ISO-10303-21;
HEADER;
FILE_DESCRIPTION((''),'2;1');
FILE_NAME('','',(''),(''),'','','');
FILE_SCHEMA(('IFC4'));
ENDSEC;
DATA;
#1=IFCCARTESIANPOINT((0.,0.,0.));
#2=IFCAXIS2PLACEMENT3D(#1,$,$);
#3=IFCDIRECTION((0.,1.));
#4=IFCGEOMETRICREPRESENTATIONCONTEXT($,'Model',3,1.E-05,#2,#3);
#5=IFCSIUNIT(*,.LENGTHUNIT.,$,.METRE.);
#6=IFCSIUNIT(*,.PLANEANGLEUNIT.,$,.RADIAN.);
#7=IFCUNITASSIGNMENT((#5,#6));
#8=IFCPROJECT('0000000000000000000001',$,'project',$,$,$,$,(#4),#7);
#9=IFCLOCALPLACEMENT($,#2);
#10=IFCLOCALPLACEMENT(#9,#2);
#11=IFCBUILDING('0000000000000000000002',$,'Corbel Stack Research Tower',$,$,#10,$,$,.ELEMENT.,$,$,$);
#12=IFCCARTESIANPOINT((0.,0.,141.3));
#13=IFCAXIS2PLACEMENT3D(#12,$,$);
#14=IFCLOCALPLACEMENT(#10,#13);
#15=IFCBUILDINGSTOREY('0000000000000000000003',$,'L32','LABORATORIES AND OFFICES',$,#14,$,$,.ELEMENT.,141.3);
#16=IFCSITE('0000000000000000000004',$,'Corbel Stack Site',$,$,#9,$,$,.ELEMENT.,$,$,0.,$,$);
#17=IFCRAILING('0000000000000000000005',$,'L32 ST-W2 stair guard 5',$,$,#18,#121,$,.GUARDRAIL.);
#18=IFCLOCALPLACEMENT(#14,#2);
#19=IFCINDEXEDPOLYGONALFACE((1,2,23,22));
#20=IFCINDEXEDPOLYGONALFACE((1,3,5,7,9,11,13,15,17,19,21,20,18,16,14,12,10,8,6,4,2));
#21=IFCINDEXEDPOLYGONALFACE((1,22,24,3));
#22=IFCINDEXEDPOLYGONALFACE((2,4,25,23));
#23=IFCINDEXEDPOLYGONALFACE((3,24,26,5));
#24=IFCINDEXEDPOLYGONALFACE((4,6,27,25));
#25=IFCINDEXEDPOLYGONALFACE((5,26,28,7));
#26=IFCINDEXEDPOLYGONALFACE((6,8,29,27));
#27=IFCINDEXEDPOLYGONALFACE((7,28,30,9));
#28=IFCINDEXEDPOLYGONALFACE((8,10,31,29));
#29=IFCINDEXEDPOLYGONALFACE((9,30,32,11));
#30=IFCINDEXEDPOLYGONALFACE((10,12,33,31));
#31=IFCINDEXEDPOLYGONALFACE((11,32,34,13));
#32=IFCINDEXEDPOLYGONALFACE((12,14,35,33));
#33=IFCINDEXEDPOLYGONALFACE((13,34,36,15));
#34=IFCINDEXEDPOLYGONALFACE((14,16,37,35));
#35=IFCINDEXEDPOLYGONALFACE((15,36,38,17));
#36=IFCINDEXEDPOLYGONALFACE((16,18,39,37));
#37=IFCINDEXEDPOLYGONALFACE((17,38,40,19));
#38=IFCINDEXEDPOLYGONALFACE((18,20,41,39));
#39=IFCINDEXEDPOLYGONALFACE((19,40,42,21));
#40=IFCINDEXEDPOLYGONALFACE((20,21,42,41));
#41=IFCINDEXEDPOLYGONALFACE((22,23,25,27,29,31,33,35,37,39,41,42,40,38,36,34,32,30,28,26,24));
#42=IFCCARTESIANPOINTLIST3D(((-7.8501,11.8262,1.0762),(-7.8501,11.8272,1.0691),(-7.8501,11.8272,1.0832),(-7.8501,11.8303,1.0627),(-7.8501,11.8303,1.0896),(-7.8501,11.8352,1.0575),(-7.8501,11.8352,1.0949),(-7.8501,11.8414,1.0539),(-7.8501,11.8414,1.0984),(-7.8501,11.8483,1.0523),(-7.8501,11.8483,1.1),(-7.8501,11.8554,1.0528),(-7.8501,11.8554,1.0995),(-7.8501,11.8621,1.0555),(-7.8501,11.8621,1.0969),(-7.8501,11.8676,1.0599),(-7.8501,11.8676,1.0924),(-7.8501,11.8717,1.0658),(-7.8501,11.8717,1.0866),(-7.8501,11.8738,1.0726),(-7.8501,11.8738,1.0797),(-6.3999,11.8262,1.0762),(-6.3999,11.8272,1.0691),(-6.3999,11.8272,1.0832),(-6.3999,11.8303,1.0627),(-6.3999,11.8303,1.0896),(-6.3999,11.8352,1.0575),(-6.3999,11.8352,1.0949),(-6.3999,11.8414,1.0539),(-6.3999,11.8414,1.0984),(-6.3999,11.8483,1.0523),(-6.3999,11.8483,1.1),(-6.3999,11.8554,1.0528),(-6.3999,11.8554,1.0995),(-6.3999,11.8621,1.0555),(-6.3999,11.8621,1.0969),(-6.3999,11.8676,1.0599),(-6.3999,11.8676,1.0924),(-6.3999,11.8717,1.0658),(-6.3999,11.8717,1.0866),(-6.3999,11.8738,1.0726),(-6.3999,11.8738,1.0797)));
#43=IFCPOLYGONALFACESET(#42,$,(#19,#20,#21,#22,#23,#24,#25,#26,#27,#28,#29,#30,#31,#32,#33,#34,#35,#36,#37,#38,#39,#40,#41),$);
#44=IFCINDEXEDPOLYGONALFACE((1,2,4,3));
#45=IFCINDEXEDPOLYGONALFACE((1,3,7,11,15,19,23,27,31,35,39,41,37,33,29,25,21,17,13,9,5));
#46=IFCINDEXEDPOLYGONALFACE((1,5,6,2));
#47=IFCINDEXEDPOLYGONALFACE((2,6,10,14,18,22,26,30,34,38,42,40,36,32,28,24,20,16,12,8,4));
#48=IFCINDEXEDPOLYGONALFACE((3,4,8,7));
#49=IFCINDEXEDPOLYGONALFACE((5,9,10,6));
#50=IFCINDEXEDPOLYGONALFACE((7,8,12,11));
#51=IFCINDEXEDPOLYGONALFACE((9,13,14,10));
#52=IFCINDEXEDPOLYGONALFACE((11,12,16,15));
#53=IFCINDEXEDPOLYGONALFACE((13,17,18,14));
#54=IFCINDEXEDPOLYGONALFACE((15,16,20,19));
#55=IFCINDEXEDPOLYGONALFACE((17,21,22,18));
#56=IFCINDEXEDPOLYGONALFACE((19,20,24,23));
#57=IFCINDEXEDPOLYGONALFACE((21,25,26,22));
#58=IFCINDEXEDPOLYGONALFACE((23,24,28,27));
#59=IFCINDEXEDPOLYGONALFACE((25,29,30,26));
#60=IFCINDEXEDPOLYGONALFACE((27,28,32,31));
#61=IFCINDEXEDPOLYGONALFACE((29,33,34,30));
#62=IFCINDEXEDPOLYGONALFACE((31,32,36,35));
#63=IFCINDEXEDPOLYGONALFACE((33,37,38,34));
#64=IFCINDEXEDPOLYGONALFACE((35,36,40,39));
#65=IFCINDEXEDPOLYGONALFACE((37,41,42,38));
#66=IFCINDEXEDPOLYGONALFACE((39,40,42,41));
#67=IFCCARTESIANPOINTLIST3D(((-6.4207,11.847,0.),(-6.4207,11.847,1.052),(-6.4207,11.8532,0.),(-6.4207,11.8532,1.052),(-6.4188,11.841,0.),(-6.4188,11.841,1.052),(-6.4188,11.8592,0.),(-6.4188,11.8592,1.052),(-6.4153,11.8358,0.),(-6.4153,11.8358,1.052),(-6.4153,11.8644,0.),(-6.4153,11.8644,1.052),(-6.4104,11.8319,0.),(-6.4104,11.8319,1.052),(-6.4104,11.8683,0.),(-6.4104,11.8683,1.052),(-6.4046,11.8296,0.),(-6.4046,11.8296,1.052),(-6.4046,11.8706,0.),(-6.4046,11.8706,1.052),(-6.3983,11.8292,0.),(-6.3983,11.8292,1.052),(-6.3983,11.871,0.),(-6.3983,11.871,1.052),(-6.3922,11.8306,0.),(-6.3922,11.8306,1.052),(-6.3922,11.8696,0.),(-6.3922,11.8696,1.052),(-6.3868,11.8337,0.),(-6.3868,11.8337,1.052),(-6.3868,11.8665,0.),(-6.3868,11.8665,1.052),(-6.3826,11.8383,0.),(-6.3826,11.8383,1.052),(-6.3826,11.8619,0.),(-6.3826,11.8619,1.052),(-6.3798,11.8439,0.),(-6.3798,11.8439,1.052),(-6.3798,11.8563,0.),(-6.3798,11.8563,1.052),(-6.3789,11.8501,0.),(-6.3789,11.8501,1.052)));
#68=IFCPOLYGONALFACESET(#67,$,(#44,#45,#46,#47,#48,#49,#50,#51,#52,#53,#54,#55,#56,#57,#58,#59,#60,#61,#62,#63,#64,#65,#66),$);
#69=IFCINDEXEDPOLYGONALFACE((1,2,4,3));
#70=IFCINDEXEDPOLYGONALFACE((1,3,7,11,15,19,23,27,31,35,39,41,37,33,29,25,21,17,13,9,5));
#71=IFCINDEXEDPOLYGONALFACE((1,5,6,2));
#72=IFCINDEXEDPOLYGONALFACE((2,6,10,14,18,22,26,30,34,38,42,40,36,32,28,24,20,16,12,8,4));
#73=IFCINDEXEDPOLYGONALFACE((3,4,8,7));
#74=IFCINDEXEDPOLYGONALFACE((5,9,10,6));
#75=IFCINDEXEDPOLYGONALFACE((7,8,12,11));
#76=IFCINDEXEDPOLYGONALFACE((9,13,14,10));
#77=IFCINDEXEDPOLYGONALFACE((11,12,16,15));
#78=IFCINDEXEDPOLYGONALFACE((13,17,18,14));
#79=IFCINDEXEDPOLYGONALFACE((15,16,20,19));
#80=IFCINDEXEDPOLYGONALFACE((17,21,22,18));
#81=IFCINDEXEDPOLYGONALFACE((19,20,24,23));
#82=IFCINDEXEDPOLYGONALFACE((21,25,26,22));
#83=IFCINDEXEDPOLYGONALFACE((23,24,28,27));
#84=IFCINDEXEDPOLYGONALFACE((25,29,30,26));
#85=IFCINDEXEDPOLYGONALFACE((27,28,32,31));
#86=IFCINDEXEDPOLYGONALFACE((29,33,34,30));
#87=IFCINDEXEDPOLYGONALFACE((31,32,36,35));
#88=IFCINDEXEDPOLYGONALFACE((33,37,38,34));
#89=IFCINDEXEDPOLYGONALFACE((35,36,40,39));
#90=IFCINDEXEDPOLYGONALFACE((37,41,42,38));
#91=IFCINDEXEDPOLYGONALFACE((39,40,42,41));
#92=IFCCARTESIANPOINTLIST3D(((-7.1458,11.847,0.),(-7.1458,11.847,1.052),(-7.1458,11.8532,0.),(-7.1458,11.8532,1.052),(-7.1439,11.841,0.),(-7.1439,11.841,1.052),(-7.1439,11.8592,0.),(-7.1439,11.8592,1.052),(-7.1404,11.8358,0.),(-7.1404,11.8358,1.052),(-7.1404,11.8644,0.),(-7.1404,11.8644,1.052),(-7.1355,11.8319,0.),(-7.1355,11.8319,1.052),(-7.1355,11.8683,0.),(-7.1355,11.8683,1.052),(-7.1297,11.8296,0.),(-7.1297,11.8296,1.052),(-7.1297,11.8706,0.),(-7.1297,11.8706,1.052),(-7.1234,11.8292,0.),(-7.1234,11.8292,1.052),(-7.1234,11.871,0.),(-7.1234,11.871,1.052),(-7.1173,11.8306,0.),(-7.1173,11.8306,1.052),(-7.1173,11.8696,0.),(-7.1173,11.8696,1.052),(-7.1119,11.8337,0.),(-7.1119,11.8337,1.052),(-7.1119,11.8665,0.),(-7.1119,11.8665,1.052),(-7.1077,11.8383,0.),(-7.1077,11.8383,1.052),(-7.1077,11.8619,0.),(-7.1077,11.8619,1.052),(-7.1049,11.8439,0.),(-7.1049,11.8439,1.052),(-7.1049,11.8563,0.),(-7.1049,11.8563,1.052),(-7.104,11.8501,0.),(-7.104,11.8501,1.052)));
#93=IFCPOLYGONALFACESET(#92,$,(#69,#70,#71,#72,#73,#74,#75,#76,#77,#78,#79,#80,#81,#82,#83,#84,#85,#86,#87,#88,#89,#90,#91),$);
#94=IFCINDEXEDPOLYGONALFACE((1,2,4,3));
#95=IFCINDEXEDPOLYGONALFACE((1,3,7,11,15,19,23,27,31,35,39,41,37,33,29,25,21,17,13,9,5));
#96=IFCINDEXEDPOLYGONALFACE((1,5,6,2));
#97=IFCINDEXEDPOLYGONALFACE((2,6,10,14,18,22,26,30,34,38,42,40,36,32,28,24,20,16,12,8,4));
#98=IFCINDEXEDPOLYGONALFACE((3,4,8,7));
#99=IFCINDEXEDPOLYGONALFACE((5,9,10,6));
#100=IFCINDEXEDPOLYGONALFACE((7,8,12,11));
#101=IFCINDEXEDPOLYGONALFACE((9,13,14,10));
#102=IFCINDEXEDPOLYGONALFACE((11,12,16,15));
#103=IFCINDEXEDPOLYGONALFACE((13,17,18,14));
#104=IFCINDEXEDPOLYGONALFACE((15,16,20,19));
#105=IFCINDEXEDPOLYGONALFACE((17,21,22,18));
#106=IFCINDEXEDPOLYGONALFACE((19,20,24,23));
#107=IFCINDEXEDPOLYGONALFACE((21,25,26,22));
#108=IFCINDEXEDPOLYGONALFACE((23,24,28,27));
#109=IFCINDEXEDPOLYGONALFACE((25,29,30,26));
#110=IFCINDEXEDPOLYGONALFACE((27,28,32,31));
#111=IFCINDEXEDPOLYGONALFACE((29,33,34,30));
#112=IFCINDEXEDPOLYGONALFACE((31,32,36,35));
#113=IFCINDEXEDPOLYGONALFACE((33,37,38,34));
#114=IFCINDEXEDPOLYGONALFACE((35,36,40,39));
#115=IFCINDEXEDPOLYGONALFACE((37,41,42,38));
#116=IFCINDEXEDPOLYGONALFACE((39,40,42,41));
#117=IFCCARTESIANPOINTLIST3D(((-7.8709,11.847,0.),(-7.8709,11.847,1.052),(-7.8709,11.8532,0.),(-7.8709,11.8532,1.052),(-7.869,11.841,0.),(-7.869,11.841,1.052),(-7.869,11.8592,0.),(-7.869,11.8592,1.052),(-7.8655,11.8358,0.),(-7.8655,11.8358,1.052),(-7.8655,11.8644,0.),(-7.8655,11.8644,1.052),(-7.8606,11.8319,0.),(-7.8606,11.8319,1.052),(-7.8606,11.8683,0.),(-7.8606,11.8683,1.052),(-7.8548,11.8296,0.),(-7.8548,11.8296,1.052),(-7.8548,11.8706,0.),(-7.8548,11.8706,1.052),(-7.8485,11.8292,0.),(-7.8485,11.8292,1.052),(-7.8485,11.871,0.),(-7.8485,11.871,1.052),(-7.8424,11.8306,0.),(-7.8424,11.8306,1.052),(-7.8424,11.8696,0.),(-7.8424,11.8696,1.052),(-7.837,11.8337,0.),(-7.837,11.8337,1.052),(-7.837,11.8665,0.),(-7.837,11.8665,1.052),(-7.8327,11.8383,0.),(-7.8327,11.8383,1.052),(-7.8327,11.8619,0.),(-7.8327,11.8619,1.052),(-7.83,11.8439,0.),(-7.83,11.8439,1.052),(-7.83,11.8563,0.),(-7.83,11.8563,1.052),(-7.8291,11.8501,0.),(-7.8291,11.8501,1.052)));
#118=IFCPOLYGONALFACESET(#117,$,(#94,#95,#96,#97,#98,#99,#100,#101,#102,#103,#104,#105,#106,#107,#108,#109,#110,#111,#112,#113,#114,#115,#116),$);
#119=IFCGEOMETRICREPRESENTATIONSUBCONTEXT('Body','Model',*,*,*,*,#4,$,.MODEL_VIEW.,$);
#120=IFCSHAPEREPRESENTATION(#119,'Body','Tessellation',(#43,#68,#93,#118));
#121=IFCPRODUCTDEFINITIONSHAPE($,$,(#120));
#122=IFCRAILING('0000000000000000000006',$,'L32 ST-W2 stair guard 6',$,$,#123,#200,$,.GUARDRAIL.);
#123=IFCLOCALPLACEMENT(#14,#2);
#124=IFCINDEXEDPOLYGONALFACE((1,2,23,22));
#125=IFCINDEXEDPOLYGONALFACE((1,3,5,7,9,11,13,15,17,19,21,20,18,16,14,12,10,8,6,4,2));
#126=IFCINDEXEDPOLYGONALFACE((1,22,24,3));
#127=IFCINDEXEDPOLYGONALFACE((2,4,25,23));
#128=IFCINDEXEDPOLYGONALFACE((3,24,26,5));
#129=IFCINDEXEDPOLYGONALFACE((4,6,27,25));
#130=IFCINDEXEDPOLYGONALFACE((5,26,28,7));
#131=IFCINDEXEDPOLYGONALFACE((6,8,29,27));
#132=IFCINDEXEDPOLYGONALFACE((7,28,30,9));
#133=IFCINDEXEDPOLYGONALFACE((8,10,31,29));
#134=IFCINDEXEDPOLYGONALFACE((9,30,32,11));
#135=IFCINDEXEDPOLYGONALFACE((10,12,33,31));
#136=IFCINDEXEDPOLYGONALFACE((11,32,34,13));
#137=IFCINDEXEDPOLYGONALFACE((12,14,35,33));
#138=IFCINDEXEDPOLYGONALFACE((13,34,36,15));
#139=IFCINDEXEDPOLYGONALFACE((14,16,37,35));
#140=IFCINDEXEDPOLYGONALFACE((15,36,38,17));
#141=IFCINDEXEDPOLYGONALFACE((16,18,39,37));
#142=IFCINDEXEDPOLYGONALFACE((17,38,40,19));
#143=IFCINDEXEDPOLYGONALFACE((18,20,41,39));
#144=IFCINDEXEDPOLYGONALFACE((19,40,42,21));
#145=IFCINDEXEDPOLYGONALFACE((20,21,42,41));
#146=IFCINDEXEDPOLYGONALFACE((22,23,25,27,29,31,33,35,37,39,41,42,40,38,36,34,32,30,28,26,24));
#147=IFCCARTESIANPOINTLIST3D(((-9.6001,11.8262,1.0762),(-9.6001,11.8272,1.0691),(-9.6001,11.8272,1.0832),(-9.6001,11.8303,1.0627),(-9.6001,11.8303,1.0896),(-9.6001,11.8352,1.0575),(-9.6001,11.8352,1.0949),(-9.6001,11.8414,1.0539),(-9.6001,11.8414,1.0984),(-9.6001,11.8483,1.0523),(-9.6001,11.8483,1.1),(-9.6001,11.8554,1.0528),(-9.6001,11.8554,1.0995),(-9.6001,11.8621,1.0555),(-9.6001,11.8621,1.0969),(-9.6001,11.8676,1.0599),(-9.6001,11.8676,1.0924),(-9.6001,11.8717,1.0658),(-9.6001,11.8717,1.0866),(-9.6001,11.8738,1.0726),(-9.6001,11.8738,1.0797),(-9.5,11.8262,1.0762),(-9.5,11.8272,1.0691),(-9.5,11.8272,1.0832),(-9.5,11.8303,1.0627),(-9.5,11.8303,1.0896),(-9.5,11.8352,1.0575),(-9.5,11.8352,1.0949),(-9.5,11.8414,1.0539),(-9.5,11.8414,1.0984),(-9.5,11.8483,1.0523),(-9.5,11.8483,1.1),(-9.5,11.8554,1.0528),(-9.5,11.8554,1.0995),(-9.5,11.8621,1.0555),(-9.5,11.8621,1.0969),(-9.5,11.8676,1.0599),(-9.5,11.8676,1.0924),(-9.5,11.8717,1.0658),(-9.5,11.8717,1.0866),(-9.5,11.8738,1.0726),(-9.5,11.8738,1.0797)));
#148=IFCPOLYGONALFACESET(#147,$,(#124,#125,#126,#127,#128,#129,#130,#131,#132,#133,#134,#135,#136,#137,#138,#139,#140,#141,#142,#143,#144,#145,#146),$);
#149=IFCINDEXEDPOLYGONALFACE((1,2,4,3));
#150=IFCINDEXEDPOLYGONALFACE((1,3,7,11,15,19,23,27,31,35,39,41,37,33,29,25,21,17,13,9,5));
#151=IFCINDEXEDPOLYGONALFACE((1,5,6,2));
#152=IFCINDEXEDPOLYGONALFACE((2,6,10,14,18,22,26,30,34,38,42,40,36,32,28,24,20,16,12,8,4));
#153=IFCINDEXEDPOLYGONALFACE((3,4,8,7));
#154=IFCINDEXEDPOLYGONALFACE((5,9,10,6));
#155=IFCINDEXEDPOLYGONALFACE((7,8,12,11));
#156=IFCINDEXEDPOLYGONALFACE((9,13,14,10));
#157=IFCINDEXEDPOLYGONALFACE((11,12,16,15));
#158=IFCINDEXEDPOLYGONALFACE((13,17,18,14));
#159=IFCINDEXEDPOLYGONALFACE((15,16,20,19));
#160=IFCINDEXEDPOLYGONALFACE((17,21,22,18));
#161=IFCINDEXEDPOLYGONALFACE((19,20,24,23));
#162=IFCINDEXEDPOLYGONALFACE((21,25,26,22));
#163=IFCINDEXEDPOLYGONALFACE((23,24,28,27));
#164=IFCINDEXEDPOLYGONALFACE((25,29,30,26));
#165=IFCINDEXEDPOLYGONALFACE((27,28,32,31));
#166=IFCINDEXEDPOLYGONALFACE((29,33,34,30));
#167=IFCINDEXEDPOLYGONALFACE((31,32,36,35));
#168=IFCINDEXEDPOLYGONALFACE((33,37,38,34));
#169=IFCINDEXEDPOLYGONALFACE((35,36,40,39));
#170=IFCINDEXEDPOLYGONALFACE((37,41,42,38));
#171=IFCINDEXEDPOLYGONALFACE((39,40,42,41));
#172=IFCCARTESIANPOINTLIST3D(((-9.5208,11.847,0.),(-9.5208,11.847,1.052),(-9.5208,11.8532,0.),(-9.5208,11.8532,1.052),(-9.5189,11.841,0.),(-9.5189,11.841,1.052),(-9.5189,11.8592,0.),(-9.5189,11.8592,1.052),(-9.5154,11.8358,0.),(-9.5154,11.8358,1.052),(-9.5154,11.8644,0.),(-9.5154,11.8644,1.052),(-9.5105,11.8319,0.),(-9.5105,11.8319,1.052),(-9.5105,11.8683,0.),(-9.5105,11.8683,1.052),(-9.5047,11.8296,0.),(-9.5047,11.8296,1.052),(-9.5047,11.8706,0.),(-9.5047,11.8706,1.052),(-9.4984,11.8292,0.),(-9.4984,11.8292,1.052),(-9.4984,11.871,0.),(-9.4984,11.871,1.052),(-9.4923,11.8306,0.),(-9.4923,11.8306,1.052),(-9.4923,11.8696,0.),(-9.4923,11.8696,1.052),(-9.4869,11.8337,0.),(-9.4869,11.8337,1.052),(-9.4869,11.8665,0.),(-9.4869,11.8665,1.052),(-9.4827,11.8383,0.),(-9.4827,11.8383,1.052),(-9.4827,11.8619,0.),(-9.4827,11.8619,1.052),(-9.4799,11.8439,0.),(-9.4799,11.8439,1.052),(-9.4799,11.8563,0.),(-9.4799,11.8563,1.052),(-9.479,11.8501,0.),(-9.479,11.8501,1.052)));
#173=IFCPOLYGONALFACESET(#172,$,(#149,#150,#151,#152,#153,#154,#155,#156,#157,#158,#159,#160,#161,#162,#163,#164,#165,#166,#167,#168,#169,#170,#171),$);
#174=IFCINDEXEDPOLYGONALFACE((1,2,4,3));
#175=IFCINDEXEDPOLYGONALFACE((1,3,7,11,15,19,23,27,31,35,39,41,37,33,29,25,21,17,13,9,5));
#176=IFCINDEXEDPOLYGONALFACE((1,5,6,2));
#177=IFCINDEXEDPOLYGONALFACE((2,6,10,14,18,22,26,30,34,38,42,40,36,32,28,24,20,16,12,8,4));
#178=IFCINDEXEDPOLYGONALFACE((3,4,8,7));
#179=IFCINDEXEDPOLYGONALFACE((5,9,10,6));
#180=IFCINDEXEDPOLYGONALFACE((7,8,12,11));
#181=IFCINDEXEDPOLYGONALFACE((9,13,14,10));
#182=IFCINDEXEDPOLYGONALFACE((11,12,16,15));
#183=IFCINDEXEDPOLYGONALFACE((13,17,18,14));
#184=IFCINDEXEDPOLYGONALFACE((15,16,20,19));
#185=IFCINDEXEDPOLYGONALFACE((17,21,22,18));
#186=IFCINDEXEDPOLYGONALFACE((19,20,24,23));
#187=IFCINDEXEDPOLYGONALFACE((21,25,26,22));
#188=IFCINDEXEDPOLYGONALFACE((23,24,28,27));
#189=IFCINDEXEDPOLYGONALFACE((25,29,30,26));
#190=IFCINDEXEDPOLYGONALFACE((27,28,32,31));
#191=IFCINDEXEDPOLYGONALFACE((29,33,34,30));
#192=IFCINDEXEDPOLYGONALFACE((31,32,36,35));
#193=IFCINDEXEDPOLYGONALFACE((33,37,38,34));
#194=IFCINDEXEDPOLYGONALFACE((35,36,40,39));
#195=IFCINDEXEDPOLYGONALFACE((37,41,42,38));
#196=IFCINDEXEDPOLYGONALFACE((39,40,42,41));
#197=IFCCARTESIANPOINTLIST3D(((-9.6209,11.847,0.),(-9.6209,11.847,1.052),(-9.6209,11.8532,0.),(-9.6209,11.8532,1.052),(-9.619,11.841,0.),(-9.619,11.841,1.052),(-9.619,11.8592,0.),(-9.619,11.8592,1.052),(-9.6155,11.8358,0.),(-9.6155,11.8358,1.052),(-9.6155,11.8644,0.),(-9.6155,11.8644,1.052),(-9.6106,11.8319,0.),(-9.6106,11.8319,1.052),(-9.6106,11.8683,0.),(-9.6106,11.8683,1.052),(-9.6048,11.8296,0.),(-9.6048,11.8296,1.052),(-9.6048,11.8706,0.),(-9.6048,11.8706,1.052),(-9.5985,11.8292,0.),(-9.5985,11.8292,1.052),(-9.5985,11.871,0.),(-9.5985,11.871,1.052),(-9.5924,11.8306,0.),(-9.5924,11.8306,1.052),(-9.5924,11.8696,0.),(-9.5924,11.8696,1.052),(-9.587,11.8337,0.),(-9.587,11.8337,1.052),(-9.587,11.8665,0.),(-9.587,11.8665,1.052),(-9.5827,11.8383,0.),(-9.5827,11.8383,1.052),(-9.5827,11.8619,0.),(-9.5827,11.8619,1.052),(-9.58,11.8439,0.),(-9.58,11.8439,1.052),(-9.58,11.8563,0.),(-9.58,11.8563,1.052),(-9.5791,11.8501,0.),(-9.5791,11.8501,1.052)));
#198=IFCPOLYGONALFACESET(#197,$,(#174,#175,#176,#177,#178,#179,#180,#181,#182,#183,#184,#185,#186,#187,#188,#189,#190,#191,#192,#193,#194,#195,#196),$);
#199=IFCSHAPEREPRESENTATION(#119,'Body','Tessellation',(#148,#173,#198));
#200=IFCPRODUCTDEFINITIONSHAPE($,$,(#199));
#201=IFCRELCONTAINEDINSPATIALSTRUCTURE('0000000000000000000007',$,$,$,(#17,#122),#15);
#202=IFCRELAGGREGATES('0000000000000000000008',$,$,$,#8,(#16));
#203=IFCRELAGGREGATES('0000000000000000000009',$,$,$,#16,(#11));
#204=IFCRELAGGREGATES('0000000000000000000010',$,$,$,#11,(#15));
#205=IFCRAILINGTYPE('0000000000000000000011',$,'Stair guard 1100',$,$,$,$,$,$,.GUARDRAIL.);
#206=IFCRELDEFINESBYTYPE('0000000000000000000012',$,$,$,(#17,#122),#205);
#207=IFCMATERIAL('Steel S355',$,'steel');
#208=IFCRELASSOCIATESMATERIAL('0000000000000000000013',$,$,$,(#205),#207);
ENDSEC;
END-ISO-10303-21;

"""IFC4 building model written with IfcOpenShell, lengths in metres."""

from ifc_helpers import new_model, si_unit, direction, frame, origin, origin_2d, place, context, subcontext, project, spatial, circle, extrude, material, type_object, element, save


model = new_model("IFC4")

# Units and contexts
model_context = context("Model", 3, precision=1e-05, world=origin(), true_north=direction((0.0, 1.0)))
body_context = subcontext(model_context, "Body", "Model", "MODEL_VIEW")
ifc_project = project(units=[si_unit("LENGTHUNIT", "METRE"), si_unit("PLANEANGLEUNIT", "RADIAN")], contexts=[model_context])

# Site, building, storey
site_placement = place(None, origin())
site = spatial("IfcSite", under=ifc_project, at=site_placement, Name="Corbel Stack Site", CompositionType="ELEMENT", RefElevation=0.0)
building_placement = place(site_placement, origin())
building = spatial("IfcBuilding", under=site, at=building_placement, Name="Corbel Stack Research Tower", CompositionType="ELEMENT")
storey_placement = place(building_placement, frame((0.0, 0.0, 141.3)))
storey = spatial("IfcBuildingStorey", under=building, at=storey_placement, Name="L32", Description="LABORATORIES AND OFFICES", CompositionType="ELEMENT", Elevation=141.3)

# Railings
ifc_material_1 = material(Name="Steel S355", Category="steel")
railing_type_1 = type_object("IfcRailingType", Name="Stair guard 1100", PredefinedType="GUARDRAIL", material=ifc_material_1)
railing_1_placement = place(storey_placement, frame((-6.3999, 11.8501, 0.0)))
element("IfcRailing", 1, at=railing_1_placement, inside=storey, type_object=railing_type_1, Name="L32 ST-W2 stair guard 5", PredefinedType="GUARDRAIL", context=body_context, shape_type="SweptSolid", body=[
    extrude(circle(Radius=0.0239, at=origin_2d()), frame((0.0, 0.0, 1.0762), z_axis=(-1.0, 0.0, 0.0), x_axis=(0.0, -1.0, 0.0)), (0.0, 0.0, 1.0), 1.4502),
    extrude(circle(Radius=0.021, at=origin_2d()), origin(), (0.0, 0.0, 1.0), 1.052),
    extrude(circle(Radius=0.021, at=origin_2d()), frame((-0.7251, 0.0, 0.0)), (0.0, 0.0, 1.0), 1.052),
    extrude(circle(Radius=0.021, at=origin_2d()), frame((-1.4502, 0.0, 0.0)), (0.0, 0.0, 1.0), 1.052),
])
railing_2_placement = place(storey_placement, frame((-9.5, 11.8501, 0.0)))
element("IfcRailing", 2, at=railing_2_placement, inside=storey, type_object=railing_type_1, Name="L32 ST-W2 stair guard 6", PredefinedType="GUARDRAIL", context=body_context, shape_type="SweptSolid", body=[
    extrude(circle(Radius=0.0239, at=origin_2d()), frame((0.0, 0.0, 1.0762), z_axis=(-1.0, 0.0, 0.0), x_axis=(0.0, -1.0, 0.0)), (0.0, 0.0, 1.0), 0.1001),
    extrude(circle(Radius=0.021, at=origin_2d()), origin(), (0.0, 0.0, 1.0), 1.052),
    extrude(circle(Radius=0.021, at=origin_2d()), frame((-0.1001, 0.0, 0.0)), (0.0, 0.0, 1.0), 1.052),
])

save(model, "model.ifc")
